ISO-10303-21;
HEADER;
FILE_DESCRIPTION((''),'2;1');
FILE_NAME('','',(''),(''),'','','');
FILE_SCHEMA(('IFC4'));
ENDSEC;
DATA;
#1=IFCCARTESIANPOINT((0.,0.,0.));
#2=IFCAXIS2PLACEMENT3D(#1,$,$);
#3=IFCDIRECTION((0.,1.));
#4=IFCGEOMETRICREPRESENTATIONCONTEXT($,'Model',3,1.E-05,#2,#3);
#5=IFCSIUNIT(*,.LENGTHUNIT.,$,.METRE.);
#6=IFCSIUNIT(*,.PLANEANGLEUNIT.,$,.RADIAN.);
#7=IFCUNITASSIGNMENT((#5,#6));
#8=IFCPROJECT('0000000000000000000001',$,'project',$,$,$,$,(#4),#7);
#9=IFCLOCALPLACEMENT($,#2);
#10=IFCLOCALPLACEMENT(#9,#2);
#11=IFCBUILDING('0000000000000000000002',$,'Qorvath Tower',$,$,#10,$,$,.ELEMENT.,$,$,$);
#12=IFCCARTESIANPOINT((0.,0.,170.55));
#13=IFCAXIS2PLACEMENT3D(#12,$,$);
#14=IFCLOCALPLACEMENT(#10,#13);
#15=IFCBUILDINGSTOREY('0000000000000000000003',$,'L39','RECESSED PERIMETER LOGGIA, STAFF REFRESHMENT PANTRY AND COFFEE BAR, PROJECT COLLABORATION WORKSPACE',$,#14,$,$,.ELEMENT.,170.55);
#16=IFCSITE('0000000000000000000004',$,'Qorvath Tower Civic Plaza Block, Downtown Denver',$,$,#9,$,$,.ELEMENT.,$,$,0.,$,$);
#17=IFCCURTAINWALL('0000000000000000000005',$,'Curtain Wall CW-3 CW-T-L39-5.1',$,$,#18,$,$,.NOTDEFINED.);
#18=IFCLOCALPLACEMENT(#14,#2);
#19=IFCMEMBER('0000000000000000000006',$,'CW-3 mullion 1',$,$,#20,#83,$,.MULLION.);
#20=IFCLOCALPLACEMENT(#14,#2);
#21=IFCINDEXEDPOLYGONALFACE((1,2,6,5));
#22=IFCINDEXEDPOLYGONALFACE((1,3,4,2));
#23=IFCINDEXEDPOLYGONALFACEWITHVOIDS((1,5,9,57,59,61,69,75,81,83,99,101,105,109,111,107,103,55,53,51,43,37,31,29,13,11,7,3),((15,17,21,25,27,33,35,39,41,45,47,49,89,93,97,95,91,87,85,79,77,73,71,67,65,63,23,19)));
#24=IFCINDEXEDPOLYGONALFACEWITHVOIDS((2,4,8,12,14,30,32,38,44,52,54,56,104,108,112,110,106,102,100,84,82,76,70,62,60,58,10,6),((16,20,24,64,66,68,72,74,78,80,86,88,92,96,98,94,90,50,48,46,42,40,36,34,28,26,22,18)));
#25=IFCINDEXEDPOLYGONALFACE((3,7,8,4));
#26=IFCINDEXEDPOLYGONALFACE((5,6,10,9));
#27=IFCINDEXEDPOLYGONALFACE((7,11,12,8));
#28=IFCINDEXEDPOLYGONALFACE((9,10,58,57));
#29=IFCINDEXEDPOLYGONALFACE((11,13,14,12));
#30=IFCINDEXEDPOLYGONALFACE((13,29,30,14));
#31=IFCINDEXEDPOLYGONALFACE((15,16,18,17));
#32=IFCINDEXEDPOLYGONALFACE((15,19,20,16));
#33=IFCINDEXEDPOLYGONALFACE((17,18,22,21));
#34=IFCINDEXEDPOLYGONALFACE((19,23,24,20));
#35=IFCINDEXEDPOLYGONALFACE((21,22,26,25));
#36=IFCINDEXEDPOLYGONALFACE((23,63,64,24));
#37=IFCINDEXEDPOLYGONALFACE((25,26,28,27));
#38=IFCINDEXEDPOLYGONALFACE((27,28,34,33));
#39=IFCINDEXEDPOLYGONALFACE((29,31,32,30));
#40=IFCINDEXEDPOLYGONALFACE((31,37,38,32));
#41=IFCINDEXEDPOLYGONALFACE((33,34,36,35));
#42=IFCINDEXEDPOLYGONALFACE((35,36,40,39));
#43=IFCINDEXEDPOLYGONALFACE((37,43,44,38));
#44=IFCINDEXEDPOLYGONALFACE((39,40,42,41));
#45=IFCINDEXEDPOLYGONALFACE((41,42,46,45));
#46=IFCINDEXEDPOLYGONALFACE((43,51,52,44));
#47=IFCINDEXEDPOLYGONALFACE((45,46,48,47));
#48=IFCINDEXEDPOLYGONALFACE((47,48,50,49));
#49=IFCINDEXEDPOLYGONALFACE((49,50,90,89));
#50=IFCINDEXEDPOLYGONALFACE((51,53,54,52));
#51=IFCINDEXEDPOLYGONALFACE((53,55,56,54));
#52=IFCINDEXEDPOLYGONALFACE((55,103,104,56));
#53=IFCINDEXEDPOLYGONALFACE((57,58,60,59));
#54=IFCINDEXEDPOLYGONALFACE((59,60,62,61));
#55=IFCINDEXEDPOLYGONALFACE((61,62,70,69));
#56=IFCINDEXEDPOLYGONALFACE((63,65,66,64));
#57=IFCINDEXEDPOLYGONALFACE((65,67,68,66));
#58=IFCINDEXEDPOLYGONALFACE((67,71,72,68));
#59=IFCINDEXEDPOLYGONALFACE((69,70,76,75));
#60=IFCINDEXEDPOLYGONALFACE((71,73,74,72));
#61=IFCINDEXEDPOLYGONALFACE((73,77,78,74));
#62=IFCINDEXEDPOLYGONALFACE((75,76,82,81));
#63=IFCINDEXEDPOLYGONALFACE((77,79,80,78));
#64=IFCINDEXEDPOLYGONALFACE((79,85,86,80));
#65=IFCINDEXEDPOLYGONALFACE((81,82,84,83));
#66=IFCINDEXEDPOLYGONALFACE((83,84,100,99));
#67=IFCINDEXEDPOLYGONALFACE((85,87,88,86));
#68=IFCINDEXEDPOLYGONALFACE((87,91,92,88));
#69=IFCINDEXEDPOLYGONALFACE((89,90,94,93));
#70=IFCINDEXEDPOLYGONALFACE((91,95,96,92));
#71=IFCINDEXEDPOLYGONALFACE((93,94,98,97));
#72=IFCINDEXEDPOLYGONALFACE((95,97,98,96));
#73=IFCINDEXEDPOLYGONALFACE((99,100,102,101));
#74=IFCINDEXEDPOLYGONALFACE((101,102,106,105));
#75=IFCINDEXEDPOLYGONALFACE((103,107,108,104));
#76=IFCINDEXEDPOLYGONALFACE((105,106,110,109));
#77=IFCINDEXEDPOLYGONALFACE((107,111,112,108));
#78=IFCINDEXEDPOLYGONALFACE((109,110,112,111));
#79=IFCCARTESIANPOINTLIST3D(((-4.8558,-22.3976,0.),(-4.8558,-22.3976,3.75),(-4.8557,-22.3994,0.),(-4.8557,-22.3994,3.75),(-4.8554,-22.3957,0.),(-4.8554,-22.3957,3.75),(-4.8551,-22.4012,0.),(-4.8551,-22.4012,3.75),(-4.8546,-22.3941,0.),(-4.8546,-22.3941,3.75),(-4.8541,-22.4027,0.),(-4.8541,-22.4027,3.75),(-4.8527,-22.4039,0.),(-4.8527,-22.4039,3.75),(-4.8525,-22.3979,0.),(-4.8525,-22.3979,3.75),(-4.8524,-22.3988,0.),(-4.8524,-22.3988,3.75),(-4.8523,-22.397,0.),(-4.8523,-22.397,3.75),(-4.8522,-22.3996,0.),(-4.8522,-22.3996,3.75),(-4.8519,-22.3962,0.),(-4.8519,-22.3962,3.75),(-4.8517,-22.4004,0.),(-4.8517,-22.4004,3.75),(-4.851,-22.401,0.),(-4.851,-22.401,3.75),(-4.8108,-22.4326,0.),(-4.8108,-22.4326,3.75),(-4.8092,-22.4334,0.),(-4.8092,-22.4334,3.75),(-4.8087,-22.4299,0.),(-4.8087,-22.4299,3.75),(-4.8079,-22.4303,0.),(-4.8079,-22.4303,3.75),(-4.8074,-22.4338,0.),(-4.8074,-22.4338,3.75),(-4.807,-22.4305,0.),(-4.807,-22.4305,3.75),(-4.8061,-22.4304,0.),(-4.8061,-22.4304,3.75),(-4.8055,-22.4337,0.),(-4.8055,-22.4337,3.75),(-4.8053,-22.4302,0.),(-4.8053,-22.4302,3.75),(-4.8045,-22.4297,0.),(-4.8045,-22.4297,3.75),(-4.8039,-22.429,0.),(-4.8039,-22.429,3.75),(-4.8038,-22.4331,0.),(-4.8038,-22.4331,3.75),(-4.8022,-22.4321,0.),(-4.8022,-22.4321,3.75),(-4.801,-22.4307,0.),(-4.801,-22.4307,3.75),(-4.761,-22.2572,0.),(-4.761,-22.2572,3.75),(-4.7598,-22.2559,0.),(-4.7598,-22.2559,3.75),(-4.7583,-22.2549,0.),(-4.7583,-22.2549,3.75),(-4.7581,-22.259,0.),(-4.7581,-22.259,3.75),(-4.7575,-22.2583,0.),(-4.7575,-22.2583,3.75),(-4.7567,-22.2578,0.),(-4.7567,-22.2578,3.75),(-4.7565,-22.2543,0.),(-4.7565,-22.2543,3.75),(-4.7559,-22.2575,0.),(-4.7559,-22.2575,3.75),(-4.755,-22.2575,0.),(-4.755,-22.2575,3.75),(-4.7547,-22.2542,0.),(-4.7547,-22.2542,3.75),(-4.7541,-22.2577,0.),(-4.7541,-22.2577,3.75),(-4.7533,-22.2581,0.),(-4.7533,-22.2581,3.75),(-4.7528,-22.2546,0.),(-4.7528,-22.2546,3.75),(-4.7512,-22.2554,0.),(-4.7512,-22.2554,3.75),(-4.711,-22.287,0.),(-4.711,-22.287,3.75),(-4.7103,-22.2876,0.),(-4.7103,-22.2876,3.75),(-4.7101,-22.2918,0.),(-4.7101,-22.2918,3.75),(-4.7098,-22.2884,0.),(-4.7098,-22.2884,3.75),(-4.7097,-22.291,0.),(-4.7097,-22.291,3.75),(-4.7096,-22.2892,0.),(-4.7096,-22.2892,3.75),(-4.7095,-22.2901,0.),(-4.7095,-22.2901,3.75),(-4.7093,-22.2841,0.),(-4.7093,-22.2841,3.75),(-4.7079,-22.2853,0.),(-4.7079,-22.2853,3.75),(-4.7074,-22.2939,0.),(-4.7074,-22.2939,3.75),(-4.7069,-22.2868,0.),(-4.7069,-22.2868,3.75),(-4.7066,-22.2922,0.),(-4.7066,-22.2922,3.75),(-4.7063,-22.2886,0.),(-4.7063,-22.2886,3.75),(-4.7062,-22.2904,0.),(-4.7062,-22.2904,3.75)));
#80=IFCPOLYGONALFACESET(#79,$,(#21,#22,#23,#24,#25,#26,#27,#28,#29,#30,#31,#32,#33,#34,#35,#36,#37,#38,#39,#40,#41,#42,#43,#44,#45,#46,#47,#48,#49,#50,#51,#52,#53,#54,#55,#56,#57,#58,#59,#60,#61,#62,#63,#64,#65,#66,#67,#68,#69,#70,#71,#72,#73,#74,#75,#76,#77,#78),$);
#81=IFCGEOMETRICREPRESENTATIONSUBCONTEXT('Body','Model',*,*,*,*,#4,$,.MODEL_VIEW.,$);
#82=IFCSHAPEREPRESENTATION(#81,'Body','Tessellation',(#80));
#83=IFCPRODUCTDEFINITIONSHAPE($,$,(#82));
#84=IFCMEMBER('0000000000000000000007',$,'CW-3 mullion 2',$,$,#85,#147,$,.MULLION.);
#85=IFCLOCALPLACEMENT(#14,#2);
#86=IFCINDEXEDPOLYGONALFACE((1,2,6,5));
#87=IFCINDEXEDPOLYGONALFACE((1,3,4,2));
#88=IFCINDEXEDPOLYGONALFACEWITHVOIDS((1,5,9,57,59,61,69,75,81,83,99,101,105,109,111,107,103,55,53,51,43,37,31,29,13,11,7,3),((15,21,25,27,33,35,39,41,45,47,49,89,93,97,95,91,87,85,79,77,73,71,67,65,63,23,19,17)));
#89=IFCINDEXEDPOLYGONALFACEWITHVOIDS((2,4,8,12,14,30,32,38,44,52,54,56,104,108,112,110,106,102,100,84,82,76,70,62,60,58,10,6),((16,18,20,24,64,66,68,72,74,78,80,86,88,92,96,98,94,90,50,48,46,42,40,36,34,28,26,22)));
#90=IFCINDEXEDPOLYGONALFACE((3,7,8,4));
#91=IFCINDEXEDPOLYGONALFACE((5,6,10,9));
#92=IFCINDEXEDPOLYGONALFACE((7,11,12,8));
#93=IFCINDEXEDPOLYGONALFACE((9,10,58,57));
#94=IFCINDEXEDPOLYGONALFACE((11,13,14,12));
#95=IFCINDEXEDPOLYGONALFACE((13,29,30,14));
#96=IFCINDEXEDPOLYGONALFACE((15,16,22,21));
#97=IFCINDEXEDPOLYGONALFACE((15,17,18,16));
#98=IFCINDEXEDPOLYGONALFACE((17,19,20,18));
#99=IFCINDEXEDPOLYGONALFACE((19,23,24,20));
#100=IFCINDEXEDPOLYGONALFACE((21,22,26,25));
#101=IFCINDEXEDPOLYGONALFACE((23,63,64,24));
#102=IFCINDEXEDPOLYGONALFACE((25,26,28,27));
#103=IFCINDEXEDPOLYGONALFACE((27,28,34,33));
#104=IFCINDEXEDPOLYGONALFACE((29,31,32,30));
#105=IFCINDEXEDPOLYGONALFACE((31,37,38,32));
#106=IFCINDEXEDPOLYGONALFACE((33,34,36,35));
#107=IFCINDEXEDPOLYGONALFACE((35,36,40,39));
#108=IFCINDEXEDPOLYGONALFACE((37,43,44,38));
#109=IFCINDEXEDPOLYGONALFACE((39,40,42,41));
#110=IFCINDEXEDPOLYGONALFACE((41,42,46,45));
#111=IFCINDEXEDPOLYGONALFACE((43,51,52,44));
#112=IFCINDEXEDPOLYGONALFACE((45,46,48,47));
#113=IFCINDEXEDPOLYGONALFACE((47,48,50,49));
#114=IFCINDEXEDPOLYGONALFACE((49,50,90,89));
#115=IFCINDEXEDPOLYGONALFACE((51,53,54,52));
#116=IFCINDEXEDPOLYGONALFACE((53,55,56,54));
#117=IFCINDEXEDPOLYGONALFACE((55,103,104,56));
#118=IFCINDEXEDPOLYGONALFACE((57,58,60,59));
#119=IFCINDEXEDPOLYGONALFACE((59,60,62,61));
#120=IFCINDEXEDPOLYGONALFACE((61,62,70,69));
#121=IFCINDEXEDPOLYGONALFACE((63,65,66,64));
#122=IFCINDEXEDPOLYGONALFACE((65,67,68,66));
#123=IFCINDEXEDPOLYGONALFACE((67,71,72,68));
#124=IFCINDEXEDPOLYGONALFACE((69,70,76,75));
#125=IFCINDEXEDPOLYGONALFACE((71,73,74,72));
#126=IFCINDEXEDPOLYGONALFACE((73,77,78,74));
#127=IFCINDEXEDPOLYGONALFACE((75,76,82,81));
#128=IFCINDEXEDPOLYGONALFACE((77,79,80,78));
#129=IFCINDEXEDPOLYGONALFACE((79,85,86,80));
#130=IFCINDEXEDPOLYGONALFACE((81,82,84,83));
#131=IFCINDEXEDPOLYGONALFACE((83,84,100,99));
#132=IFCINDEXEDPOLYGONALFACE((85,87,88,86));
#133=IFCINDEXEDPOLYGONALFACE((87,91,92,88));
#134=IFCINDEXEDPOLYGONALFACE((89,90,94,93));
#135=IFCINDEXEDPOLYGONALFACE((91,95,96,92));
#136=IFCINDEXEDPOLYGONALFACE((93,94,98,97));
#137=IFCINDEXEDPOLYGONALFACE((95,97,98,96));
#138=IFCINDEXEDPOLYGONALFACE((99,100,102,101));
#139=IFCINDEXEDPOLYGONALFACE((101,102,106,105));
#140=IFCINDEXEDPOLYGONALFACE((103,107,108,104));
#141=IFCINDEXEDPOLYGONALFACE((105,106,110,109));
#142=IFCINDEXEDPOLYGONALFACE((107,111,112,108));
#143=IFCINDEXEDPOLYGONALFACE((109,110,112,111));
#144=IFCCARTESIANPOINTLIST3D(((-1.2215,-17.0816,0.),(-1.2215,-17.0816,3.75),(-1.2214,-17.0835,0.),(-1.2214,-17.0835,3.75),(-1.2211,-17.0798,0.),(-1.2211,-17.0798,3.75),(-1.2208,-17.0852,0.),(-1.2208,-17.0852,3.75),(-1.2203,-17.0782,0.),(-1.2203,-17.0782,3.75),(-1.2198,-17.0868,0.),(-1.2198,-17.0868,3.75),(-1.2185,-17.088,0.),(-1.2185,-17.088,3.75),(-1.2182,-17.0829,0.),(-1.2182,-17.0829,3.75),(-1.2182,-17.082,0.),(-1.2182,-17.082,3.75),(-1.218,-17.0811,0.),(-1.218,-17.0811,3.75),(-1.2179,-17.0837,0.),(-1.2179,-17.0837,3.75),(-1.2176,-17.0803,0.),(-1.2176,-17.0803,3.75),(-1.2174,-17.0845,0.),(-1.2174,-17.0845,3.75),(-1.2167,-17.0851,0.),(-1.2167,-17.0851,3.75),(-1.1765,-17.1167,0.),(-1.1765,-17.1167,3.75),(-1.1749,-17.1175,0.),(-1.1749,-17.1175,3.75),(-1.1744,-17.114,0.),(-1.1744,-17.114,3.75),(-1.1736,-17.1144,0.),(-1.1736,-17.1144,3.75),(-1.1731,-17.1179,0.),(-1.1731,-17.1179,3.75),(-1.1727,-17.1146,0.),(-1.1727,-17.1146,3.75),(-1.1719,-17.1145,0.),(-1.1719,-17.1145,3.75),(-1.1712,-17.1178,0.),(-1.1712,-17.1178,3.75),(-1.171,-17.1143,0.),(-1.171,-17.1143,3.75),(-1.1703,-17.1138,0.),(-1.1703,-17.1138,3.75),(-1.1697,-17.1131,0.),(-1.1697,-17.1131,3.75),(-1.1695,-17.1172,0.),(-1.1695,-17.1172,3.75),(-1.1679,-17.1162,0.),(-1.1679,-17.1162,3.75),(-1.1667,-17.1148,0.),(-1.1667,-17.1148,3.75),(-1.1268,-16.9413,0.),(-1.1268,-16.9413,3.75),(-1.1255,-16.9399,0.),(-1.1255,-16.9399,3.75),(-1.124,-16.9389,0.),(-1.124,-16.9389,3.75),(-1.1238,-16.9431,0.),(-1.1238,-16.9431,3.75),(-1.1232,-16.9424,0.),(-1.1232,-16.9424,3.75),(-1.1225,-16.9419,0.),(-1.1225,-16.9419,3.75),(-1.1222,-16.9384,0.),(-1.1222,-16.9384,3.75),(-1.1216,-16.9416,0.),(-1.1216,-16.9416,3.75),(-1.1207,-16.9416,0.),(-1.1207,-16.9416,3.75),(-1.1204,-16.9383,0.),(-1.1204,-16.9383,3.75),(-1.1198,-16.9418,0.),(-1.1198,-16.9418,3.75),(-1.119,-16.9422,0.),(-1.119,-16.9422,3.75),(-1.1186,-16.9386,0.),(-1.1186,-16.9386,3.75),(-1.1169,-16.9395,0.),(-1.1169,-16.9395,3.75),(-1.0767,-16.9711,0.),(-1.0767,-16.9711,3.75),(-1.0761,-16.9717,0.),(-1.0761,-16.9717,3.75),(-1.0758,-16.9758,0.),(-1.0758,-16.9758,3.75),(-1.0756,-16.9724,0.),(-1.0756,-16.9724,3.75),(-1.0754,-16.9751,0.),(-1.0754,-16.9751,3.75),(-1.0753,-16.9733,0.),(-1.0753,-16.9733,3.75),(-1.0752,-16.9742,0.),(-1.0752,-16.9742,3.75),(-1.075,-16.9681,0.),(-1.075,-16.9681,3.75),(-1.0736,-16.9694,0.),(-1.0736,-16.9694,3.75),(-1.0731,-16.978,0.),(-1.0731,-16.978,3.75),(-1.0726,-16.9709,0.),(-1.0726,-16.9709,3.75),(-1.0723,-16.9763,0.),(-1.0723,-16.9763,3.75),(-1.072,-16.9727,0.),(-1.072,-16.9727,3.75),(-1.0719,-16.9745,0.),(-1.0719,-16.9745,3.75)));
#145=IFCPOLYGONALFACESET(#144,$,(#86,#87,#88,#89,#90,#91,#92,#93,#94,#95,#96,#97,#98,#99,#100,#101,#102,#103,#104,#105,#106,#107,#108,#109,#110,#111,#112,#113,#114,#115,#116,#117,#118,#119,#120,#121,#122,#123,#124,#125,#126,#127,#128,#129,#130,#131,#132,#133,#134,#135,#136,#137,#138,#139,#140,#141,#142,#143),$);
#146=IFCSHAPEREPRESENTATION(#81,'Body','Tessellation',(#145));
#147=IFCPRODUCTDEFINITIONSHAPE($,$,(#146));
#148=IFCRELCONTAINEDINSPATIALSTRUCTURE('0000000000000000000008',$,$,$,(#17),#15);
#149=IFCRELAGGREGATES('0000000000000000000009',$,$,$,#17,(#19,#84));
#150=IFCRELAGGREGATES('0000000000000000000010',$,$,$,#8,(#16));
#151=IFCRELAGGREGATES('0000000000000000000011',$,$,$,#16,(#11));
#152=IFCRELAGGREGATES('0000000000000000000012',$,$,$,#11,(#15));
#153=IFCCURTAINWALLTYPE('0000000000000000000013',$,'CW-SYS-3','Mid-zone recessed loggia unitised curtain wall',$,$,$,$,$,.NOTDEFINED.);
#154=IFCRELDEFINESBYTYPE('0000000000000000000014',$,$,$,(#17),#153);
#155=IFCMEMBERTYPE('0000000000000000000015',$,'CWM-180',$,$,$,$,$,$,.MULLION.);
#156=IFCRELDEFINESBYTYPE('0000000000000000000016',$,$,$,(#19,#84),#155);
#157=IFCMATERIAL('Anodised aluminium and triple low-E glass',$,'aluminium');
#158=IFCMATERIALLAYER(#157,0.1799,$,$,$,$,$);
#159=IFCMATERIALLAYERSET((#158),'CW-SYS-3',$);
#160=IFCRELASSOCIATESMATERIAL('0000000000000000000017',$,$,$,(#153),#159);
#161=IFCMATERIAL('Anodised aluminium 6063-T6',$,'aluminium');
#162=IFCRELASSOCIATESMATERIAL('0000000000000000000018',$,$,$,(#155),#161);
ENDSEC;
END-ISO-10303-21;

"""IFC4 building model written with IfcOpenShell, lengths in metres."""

from ifc_helpers import new_model, si_unit, direction, frame, origin, origin_2d, place, context, subcontext, project, spatial, hollow_rectangle, extrude, material, layer, layer_set, material_profile, profile_set, type_object, element, aggregate, save


model = new_model("IFC4")

# Units and contexts
model_context = context("Model", 3, precision=1e-05, world=origin(), true_north=direction((0.0, 1.0)))
body_context = subcontext(model_context, "Body", "Model", "MODEL_VIEW")
ifc_project = project(units=[si_unit("LENGTHUNIT", "METRE"), si_unit("PLANEANGLEUNIT", "RADIAN")], contexts=[model_context])

# Site, building, storey
site_placement = place(None, origin())
site = spatial("IfcSite", under=ifc_project, at=site_placement, Name="Qorvath Tower Civic Plaza Block, Downtown Denver", CompositionType="ELEMENT", RefElevation=0.0)
building_placement = place(site_placement, origin())
building = spatial("IfcBuilding", under=site, at=building_placement, Name="Qorvath Tower", CompositionType="ELEMENT")
storey_placement = place(building_placement, frame((0.0, 0.0, 170.55)))
storey = spatial("IfcBuildingStorey", under=building, at=storey_placement, Name="L39", Description="RECESSED PERIMETER LOGGIA, STAFF REFRESHMENT PANTRY AND COFFEE BAR, PROJECT COLLABORATION WORKSPACE", CompositionType="ELEMENT", Elevation=170.55)

# Curtain wall, members
ifc_material_1 = material(Name="Anodised aluminium and triple low-E glass", Category="aluminium")
ifc_layer_1 = layer(ifc_material_1, 0.1799)
ifc_layer_set_1 = layer_set([ifc_layer_1], Name="CW-SYS-3")
curtain_wall_type = type_object("IfcCurtainWallType", Name="CW-SYS-3", Description="Mid-zone recessed loggia unitised curtain wall", PredefinedType="NOTDEFINED", material=ifc_layer_set_1)
ifc_material_2 = material(Name="Anodised aluminium 6063-T6", Category="aluminium")
ifc_material_profile_1 = material_profile(ifc_material_2, hollow_rectangle(XDim=0.0649, YDim=0.1799, WallThickness=0.0034, InnerFilletRadius=0.0034, OuterFilletRadius=0.0071, at=origin_2d()), Name="CWM 180x65")
ifc_profile_set_1 = profile_set([ifc_material_profile_1], Name="Anodised aluminium 6063-T6")
member_type_1 = type_object("IfcMemberType", Name="CWM-180", PredefinedType="MULLION", material=ifc_profile_set_1)
curtain_wall_1_placement = place(storey_placement, origin())
curtain_wall_1 = element("IfcCurtainWall", 1, at=curtain_wall_1_placement, inside=storey, type_object=curtain_wall_type, Name="Curtain Wall CW-3 CW-T-L39-5.1", PredefinedType="NOTDEFINED")
member_1_placement = place(storey_placement, frame((-4.781, -22.344, 0.0), z_axis=(0.0, 0.0, 1.0), x_axis=(-0.825525, 0.564366, 0.0)))
member_1 = element("IfcMember", 2, at=member_1_placement, type_object=member_type_1, Name="CW-3 mullion 1", PredefinedType="MULLION", context=body_context, shape_type="SweptSolid", body=[
    extrude(hollow_rectangle(XDim=0.0649, YDim=0.1799, WallThickness=0.0034, InnerFilletRadius=0.0034, OuterFilletRadius=0.0071, at=origin_2d()), origin(), (0.0, 0.0, 1.0), 3.75),
])
member_2_placement = place(storey_placement, frame((-1.1467, -17.0281, 0.0), z_axis=(0.0, 0.0, 1.0), x_axis=(-0.825525, 0.564366, 0.0)))
member_2 = element("IfcMember", 3, at=member_2_placement, type_object=member_type_1, Name="CW-3 mullion 2", PredefinedType="MULLION", context=body_context, shape_type="SweptSolid", body=[
    extrude(hollow_rectangle(XDim=0.0649, YDim=0.1799, WallThickness=0.0034, InnerFilletRadius=0.0034, OuterFilletRadius=0.0071, at=origin_2d()), origin(), (0.0, 0.0, 1.0), 3.75),
])

aggregate(curtain_wall_1, [member_1, member_2])

save(model, "model.ifc")
